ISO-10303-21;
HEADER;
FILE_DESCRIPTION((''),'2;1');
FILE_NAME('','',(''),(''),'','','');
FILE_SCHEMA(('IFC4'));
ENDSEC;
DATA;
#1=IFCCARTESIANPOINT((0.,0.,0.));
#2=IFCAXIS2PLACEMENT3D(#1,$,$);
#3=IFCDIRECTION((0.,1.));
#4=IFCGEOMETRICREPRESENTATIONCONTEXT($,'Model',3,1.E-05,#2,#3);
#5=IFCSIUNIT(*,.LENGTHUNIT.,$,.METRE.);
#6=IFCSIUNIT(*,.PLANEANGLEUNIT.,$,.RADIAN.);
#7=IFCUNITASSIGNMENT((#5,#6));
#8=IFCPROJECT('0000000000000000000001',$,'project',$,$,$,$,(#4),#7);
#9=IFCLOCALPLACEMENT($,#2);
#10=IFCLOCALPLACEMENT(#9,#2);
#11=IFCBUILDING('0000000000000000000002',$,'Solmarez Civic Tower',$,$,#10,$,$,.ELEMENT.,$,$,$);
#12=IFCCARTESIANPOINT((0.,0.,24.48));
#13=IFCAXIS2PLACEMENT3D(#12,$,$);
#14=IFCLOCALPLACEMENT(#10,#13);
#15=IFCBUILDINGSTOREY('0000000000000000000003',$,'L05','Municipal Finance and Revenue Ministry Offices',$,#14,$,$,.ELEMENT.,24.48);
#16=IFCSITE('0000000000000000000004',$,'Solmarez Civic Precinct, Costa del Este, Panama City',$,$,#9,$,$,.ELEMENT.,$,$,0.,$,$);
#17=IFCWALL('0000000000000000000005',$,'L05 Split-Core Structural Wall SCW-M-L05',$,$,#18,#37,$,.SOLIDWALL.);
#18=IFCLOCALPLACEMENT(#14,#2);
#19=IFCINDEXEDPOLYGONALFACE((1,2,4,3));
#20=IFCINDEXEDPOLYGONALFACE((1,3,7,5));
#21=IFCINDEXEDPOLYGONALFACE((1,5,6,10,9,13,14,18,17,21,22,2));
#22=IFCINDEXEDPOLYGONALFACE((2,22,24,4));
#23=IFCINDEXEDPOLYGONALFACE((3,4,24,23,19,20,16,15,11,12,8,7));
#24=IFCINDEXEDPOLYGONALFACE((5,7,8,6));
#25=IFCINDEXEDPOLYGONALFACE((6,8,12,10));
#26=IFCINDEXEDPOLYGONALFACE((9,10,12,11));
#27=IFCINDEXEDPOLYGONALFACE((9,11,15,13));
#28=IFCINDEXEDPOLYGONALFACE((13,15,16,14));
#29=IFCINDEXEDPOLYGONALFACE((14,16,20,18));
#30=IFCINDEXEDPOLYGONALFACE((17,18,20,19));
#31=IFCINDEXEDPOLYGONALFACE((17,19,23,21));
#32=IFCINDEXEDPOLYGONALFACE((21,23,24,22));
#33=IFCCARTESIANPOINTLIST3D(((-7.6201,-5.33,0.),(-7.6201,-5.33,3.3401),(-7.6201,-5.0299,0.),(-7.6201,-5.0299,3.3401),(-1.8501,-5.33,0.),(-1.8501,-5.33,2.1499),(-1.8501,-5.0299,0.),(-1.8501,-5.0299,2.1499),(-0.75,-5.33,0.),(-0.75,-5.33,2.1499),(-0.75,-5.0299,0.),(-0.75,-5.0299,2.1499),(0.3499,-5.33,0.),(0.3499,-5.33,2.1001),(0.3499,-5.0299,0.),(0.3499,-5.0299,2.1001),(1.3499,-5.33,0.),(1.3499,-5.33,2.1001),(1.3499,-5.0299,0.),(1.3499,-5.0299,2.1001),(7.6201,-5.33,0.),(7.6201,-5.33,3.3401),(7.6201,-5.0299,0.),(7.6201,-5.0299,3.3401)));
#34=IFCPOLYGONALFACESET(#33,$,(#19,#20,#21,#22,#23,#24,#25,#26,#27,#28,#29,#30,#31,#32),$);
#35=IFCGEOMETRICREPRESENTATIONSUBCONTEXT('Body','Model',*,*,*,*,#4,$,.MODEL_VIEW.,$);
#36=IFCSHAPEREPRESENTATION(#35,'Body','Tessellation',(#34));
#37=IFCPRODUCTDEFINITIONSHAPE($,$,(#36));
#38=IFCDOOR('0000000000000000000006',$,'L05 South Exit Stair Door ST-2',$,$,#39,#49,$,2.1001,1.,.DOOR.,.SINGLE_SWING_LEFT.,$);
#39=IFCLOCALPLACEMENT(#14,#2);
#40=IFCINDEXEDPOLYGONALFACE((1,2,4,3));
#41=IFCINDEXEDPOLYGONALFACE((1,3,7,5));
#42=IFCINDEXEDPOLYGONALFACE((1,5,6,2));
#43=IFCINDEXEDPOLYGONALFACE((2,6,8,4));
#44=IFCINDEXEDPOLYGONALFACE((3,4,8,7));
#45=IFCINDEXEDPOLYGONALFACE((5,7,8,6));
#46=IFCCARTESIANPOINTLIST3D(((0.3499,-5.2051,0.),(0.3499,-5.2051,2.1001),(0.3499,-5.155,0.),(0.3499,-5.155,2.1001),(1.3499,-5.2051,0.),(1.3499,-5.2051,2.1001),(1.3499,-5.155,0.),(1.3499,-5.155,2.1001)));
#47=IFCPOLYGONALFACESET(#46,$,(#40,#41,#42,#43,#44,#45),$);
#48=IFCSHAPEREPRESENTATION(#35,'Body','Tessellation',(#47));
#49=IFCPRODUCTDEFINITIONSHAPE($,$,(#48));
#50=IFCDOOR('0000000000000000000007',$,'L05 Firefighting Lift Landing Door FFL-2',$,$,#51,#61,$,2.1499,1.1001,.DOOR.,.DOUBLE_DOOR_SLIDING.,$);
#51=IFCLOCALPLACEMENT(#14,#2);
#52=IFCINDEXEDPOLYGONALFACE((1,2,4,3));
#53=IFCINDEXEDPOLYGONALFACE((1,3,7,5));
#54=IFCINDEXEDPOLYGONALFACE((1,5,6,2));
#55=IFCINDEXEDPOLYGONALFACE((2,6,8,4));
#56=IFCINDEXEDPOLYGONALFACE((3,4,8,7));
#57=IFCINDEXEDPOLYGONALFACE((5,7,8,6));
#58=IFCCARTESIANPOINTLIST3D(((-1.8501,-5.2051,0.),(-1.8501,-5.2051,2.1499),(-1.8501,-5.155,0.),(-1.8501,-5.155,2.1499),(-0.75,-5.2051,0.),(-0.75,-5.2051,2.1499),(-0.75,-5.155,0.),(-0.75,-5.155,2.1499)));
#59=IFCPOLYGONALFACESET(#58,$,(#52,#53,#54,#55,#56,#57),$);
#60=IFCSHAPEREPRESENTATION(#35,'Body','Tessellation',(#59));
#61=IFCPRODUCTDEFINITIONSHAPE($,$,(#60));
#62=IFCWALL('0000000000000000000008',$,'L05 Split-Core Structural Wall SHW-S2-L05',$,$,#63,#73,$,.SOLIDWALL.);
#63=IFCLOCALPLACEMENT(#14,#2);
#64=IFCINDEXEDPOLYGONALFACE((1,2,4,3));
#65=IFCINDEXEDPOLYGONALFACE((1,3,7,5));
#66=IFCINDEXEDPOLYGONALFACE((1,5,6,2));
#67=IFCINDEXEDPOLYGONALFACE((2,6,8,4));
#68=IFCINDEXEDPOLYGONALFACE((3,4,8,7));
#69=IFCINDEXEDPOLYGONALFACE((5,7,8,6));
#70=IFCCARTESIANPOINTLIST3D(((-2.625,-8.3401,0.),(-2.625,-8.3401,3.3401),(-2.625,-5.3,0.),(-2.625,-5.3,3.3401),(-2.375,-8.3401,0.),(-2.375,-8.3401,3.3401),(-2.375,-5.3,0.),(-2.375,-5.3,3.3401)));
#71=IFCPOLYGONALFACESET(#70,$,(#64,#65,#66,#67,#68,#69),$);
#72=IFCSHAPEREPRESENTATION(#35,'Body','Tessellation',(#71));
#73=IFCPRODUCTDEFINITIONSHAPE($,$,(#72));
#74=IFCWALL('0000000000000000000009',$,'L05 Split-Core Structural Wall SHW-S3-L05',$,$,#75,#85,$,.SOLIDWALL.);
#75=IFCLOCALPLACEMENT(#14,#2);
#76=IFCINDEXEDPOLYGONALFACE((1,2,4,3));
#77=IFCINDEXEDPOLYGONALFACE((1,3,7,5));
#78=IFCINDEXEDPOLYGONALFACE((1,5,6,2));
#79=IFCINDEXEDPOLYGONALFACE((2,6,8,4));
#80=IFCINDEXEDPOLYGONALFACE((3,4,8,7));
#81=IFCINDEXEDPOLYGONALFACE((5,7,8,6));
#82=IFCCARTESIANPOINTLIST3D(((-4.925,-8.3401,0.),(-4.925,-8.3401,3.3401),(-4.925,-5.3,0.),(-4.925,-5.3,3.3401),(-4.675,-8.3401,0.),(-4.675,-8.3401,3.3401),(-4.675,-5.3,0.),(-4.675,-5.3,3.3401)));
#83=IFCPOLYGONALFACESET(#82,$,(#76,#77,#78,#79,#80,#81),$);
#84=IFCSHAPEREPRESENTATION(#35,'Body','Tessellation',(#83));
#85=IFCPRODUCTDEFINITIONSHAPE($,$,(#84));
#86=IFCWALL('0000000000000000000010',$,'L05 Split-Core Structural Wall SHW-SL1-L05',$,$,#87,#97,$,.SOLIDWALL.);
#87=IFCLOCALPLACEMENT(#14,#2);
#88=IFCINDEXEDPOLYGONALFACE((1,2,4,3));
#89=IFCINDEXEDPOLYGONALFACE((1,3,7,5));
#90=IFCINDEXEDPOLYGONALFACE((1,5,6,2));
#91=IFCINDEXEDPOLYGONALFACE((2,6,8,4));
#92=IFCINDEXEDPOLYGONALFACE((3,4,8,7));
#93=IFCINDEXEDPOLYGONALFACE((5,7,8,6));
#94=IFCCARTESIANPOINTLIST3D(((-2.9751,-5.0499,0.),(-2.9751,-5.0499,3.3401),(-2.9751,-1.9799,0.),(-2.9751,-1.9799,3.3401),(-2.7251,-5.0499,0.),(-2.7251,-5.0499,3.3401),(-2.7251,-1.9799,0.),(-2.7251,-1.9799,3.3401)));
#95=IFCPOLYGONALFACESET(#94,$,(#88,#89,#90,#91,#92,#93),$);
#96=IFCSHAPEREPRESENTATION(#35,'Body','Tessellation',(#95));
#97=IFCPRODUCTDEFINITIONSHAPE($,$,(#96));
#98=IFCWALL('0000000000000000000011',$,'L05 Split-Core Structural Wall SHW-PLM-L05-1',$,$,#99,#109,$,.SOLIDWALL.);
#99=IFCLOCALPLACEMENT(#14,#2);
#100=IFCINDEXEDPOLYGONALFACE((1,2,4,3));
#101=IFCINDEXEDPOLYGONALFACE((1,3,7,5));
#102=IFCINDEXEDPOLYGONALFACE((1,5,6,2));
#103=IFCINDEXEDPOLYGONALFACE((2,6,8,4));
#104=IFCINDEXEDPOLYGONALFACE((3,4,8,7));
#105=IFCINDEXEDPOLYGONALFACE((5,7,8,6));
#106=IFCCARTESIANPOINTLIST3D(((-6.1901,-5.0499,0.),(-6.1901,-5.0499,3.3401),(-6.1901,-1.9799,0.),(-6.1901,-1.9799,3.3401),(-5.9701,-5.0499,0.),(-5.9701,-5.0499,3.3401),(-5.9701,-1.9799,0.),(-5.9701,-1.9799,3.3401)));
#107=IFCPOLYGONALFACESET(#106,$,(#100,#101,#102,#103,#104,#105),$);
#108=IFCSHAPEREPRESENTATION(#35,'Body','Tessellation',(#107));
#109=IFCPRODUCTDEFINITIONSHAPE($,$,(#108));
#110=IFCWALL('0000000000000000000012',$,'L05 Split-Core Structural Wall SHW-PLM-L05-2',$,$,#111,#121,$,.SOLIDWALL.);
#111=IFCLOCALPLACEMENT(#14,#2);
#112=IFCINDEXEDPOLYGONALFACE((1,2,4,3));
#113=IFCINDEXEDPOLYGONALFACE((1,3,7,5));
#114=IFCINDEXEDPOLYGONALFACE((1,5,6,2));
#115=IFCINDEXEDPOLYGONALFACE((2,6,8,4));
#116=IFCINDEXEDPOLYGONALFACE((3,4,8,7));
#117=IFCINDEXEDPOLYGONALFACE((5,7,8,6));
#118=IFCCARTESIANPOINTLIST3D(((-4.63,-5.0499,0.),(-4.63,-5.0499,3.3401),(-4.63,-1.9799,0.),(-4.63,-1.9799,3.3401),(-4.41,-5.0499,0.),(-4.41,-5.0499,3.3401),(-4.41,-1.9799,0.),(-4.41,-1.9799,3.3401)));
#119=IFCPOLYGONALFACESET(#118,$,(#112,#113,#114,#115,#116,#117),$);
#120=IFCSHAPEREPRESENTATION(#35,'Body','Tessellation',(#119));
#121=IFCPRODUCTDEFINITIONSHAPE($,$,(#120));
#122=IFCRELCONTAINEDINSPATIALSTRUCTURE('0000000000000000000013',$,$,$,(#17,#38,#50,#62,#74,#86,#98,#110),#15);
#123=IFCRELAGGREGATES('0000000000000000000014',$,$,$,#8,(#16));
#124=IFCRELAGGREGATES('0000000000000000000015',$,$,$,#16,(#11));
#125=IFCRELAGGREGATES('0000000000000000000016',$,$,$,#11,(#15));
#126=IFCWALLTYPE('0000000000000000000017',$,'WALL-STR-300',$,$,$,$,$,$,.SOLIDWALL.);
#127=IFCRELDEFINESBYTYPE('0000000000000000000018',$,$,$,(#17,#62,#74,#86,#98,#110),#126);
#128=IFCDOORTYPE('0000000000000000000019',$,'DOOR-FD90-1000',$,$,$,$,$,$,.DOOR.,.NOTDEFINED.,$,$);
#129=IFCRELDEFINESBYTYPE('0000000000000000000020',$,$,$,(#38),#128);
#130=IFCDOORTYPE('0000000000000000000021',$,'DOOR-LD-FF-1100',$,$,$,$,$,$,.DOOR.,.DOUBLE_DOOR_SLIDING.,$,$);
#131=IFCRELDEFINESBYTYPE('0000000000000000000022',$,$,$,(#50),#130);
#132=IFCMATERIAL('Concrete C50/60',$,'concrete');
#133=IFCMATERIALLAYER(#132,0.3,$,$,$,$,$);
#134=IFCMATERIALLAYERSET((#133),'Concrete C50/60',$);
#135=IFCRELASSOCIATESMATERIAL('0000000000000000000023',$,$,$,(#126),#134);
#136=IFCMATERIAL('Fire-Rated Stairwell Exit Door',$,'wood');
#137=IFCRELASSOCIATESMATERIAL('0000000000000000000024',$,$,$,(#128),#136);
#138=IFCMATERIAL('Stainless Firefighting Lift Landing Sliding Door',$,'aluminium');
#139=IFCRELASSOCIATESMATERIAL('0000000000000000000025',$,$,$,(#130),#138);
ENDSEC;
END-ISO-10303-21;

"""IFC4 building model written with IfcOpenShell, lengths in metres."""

from ifc_helpers import new_model, si_unit, direction, frame, frame_2d, origin, place, context, subcontext, project, spatial, rectangle, extrude, material, layer, layer_set, type_object, element, fill, save


model = new_model("IFC4")

# Units and contexts
model_context = context("Model", 3, precision=1e-05, world=origin(), true_north=direction((0.0, 1.0)))
body_context = subcontext(model_context, "Body", "Model", "MODEL_VIEW")
ifc_project = project(units=[si_unit("LENGTHUNIT", "METRE"), si_unit("PLANEANGLEUNIT", "RADIAN")], contexts=[model_context])

# Site, building, storey
site_placement = place(None, origin())
site = spatial("IfcSite", under=ifc_project, at=site_placement, Name="Solmarez Civic Precinct, Costa del Este, Panama City", CompositionType="ELEMENT", RefElevation=0.0)
building_placement = place(site_placement, origin())
building = spatial("IfcBuilding", under=site, at=building_placement, Name="Solmarez Civic Tower", CompositionType="ELEMENT")
storey_placement = place(building_placement, frame((0.0, 0.0, 24.48)))
storey = spatial("IfcBuildingStorey", under=building, at=storey_placement, Name="L05", Description="Municipal Finance and Revenue Ministry Offices", CompositionType="ELEMENT", Elevation=24.48)

# Wall, openings, doors
ifc_material_1 = material(Name="Concrete C50/60", Category="concrete")
ifc_layer_1 = layer(ifc_material_1, 0.3)
ifc_layer_set_1 = layer_set([ifc_layer_1], Name="Concrete C50/60")
wall_type_1 = type_object("IfcWallType", Name="WALL-STR-300", PredefinedType="SOLIDWALL", material=ifc_layer_set_1)
wall_1_placement = place(storey_placement, frame((-7.6201, -5.1799, 0.0), z_axis=(0.0, 0.0, 1.0), x_axis=(1.0, 0.0, 0.0)))
wall_1 = element("IfcWall", 1, at=wall_1_placement, inside=storey, type_object=wall_type_1, Name="L05 Split-Core Structural Wall SCW-M-L05", PredefinedType="SOLIDWALL", context=body_context, shape_type="SweptSolid", body=[
    extrude(rectangle(XDim=15.2402, YDim=0.3, at=frame_2d((7.6201, 0.0))), origin(), (0.0, 0.0, 1.0), 3.3401),
])
opening_1_placement = place(wall_1_placement, frame((5.77, 0.0, 0.0)))
opening_1 = element("IfcOpeningElement", 2, at=opening_1_placement, cuts=wall_1, PredefinedType="OPENING", context=body_context, shape_type="SweptSolid", body=[
    extrude(rectangle(XDim=1.1001, YDim=2.1499, at=frame_2d((0.55, 1.075))), frame((0.0, 0.1599, 0.0), z_axis=(0.0, -1.0, 0.0), x_axis=(1.0, 0.0, 0.0)), (0.0, 0.0, 1.0), 0.3201),
])
opening_2_placement = place(wall_1_placement, frame((7.97, 0.0, 0.0)))
opening_2 = element("IfcOpeningElement", 3, at=opening_2_placement, cuts=wall_1, PredefinedType="OPENING", context=body_context, shape_type="SweptSolid", body=[
    extrude(rectangle(XDim=1.0, YDim=2.1001, at=frame_2d((0.5, 1.05))), frame((0.0, 0.1599, 0.0), z_axis=(0.0, -1.0, 0.0), x_axis=(1.0, 0.0, 0.0)), (0.0, 0.0, 1.0), 0.3201),
])
ifc_material_2 = material(Name="Fire-Rated Stairwell Exit Door", Category="wood")
door_type_1 = type_object("IfcDoorType", Name="DOOR-FD90-1000", OperationType="NOTDEFINED", PredefinedType="DOOR", material=ifc_material_2)
door_1_placement = place(opening_2_placement, origin())
door_1 = element("IfcDoor", 4, at=door_1_placement, inside=storey, type_object=door_type_1, Name="L05 South Exit Stair Door ST-2", OperationType="SINGLE_SWING_LEFT", OverallHeight=2.1001, OverallWidth=1.0, PredefinedType="DOOR", context=body_context, shape_type="SweptSolid", body=[
    extrude(rectangle(XDim=1.0, YDim=2.1001, at=frame_2d((0.5, 1.05))), frame((0.0, 0.0249, 0.0), z_axis=(0.0, -1.0, 0.0), x_axis=(1.0, 0.0, 0.0)), (0.0, 0.0, 1.0), 0.05),
])
fill(opening_2, door_1)
ifc_material_3 = material(Name="Stainless Firefighting Lift Landing Sliding Door", Category="aluminium")
door_type_2 = type_object("IfcDoorType", Name="DOOR-LD-FF-1100", OperationType="DOUBLE_DOOR_SLIDING", PredefinedType="DOOR", material=ifc_material_3)
door_2_placement = place(opening_1_placement, origin())
door_2 = element("IfcDoor", 5, at=door_2_placement, inside=storey, type_object=door_type_2, Name="L05 Firefighting Lift Landing Door FFL-2", OperationType="DOUBLE_DOOR_SLIDING", OverallHeight=2.1499, OverallWidth=1.1001, PredefinedType="DOOR", context=body_context, shape_type="SweptSolid", body=[
    extrude(rectangle(XDim=1.1001, YDim=2.1499, at=frame_2d((0.55, 1.075))), frame((0.0, 0.0249, 0.0), z_axis=(0.0, -1.0, 0.0), x_axis=(1.0, 0.0, 0.0)), (0.0, 0.0, 1.0), 0.05),
])
fill(opening_1, door_2)

# Walls
for number, where, z_axis, x_axis, name in (
    (6, (-2.5, -8.3401, 0.0), (0.0, 0.0, 1.0), (0.0, 1.0, 0.0), "L05 Split-Core Structural Wall SHW-S2-L05"),
    (7, (-4.8, -8.3401, 0.0), (0.0, 0.0, 1.0), (0.0, 1.0, 0.0), "L05 Split-Core Structural Wall SHW-S3-L05"),
):
    element("IfcWall", number, at=place(storey_placement, frame(where, z_axis=z_axis, x_axis=x_axis)), inside=storey, type_object=wall_type_1, Name=name, PredefinedType="SOLIDWALL", context=body_context, shape_type="SweptSolid", body=[
        extrude(rectangle(XDim=3.04, YDim=0.25, at=frame_2d((1.52, 0.0))), origin(), (0.0, 0.0, 1.0), 3.3401),
    ])
wall_2_placement = place(storey_placement, frame((-2.8501, -5.05, 0.0), z_axis=(0.0, 0.0, 1.0), x_axis=(0.0, 1.0, 0.0)))
element("IfcWall", 8, at=wall_2_placement, inside=storey, type_object=wall_type_1, Name="L05 Split-Core Structural Wall SHW-SL1-L05", PredefinedType="SOLIDWALL", context=body_context, shape_type="SweptSolid", body=[
    extrude(rectangle(XDim=3.0701, YDim=0.25, at=frame_2d((1.5352, 0.0))), origin(), (0.0, 0.0, 1.0), 3.3401),
])
for number, where, z_axis, x_axis, name in (
    (9, (-6.0801, -5.05, 0.0), (0.0, 0.0, 1.0), (0.0, 1.0, 0.0), "L05 Split-Core Structural Wall SHW-PLM-L05-1"),
    (10, (-4.52, -5.05, 0.0), (0.0, 0.0, 1.0), (0.0, 1.0, 0.0), "L05 Split-Core Structural Wall SHW-PLM-L05-2"),
):
    element("IfcWall", number, at=place(storey_placement, frame(where, z_axis=z_axis, x_axis=x_axis)), inside=storey, type_object=wall_type_1, Name=name, PredefinedType="SOLIDWALL", context=body_context, shape_type="SweptSolid", body=[
        extrude(rectangle(XDim=3.0701, YDim=0.22, at=frame_2d((1.5352, 0.0))), origin(), (0.0, 0.0, 1.0), 3.3401),
    ])

save(model, "model.ifc")
